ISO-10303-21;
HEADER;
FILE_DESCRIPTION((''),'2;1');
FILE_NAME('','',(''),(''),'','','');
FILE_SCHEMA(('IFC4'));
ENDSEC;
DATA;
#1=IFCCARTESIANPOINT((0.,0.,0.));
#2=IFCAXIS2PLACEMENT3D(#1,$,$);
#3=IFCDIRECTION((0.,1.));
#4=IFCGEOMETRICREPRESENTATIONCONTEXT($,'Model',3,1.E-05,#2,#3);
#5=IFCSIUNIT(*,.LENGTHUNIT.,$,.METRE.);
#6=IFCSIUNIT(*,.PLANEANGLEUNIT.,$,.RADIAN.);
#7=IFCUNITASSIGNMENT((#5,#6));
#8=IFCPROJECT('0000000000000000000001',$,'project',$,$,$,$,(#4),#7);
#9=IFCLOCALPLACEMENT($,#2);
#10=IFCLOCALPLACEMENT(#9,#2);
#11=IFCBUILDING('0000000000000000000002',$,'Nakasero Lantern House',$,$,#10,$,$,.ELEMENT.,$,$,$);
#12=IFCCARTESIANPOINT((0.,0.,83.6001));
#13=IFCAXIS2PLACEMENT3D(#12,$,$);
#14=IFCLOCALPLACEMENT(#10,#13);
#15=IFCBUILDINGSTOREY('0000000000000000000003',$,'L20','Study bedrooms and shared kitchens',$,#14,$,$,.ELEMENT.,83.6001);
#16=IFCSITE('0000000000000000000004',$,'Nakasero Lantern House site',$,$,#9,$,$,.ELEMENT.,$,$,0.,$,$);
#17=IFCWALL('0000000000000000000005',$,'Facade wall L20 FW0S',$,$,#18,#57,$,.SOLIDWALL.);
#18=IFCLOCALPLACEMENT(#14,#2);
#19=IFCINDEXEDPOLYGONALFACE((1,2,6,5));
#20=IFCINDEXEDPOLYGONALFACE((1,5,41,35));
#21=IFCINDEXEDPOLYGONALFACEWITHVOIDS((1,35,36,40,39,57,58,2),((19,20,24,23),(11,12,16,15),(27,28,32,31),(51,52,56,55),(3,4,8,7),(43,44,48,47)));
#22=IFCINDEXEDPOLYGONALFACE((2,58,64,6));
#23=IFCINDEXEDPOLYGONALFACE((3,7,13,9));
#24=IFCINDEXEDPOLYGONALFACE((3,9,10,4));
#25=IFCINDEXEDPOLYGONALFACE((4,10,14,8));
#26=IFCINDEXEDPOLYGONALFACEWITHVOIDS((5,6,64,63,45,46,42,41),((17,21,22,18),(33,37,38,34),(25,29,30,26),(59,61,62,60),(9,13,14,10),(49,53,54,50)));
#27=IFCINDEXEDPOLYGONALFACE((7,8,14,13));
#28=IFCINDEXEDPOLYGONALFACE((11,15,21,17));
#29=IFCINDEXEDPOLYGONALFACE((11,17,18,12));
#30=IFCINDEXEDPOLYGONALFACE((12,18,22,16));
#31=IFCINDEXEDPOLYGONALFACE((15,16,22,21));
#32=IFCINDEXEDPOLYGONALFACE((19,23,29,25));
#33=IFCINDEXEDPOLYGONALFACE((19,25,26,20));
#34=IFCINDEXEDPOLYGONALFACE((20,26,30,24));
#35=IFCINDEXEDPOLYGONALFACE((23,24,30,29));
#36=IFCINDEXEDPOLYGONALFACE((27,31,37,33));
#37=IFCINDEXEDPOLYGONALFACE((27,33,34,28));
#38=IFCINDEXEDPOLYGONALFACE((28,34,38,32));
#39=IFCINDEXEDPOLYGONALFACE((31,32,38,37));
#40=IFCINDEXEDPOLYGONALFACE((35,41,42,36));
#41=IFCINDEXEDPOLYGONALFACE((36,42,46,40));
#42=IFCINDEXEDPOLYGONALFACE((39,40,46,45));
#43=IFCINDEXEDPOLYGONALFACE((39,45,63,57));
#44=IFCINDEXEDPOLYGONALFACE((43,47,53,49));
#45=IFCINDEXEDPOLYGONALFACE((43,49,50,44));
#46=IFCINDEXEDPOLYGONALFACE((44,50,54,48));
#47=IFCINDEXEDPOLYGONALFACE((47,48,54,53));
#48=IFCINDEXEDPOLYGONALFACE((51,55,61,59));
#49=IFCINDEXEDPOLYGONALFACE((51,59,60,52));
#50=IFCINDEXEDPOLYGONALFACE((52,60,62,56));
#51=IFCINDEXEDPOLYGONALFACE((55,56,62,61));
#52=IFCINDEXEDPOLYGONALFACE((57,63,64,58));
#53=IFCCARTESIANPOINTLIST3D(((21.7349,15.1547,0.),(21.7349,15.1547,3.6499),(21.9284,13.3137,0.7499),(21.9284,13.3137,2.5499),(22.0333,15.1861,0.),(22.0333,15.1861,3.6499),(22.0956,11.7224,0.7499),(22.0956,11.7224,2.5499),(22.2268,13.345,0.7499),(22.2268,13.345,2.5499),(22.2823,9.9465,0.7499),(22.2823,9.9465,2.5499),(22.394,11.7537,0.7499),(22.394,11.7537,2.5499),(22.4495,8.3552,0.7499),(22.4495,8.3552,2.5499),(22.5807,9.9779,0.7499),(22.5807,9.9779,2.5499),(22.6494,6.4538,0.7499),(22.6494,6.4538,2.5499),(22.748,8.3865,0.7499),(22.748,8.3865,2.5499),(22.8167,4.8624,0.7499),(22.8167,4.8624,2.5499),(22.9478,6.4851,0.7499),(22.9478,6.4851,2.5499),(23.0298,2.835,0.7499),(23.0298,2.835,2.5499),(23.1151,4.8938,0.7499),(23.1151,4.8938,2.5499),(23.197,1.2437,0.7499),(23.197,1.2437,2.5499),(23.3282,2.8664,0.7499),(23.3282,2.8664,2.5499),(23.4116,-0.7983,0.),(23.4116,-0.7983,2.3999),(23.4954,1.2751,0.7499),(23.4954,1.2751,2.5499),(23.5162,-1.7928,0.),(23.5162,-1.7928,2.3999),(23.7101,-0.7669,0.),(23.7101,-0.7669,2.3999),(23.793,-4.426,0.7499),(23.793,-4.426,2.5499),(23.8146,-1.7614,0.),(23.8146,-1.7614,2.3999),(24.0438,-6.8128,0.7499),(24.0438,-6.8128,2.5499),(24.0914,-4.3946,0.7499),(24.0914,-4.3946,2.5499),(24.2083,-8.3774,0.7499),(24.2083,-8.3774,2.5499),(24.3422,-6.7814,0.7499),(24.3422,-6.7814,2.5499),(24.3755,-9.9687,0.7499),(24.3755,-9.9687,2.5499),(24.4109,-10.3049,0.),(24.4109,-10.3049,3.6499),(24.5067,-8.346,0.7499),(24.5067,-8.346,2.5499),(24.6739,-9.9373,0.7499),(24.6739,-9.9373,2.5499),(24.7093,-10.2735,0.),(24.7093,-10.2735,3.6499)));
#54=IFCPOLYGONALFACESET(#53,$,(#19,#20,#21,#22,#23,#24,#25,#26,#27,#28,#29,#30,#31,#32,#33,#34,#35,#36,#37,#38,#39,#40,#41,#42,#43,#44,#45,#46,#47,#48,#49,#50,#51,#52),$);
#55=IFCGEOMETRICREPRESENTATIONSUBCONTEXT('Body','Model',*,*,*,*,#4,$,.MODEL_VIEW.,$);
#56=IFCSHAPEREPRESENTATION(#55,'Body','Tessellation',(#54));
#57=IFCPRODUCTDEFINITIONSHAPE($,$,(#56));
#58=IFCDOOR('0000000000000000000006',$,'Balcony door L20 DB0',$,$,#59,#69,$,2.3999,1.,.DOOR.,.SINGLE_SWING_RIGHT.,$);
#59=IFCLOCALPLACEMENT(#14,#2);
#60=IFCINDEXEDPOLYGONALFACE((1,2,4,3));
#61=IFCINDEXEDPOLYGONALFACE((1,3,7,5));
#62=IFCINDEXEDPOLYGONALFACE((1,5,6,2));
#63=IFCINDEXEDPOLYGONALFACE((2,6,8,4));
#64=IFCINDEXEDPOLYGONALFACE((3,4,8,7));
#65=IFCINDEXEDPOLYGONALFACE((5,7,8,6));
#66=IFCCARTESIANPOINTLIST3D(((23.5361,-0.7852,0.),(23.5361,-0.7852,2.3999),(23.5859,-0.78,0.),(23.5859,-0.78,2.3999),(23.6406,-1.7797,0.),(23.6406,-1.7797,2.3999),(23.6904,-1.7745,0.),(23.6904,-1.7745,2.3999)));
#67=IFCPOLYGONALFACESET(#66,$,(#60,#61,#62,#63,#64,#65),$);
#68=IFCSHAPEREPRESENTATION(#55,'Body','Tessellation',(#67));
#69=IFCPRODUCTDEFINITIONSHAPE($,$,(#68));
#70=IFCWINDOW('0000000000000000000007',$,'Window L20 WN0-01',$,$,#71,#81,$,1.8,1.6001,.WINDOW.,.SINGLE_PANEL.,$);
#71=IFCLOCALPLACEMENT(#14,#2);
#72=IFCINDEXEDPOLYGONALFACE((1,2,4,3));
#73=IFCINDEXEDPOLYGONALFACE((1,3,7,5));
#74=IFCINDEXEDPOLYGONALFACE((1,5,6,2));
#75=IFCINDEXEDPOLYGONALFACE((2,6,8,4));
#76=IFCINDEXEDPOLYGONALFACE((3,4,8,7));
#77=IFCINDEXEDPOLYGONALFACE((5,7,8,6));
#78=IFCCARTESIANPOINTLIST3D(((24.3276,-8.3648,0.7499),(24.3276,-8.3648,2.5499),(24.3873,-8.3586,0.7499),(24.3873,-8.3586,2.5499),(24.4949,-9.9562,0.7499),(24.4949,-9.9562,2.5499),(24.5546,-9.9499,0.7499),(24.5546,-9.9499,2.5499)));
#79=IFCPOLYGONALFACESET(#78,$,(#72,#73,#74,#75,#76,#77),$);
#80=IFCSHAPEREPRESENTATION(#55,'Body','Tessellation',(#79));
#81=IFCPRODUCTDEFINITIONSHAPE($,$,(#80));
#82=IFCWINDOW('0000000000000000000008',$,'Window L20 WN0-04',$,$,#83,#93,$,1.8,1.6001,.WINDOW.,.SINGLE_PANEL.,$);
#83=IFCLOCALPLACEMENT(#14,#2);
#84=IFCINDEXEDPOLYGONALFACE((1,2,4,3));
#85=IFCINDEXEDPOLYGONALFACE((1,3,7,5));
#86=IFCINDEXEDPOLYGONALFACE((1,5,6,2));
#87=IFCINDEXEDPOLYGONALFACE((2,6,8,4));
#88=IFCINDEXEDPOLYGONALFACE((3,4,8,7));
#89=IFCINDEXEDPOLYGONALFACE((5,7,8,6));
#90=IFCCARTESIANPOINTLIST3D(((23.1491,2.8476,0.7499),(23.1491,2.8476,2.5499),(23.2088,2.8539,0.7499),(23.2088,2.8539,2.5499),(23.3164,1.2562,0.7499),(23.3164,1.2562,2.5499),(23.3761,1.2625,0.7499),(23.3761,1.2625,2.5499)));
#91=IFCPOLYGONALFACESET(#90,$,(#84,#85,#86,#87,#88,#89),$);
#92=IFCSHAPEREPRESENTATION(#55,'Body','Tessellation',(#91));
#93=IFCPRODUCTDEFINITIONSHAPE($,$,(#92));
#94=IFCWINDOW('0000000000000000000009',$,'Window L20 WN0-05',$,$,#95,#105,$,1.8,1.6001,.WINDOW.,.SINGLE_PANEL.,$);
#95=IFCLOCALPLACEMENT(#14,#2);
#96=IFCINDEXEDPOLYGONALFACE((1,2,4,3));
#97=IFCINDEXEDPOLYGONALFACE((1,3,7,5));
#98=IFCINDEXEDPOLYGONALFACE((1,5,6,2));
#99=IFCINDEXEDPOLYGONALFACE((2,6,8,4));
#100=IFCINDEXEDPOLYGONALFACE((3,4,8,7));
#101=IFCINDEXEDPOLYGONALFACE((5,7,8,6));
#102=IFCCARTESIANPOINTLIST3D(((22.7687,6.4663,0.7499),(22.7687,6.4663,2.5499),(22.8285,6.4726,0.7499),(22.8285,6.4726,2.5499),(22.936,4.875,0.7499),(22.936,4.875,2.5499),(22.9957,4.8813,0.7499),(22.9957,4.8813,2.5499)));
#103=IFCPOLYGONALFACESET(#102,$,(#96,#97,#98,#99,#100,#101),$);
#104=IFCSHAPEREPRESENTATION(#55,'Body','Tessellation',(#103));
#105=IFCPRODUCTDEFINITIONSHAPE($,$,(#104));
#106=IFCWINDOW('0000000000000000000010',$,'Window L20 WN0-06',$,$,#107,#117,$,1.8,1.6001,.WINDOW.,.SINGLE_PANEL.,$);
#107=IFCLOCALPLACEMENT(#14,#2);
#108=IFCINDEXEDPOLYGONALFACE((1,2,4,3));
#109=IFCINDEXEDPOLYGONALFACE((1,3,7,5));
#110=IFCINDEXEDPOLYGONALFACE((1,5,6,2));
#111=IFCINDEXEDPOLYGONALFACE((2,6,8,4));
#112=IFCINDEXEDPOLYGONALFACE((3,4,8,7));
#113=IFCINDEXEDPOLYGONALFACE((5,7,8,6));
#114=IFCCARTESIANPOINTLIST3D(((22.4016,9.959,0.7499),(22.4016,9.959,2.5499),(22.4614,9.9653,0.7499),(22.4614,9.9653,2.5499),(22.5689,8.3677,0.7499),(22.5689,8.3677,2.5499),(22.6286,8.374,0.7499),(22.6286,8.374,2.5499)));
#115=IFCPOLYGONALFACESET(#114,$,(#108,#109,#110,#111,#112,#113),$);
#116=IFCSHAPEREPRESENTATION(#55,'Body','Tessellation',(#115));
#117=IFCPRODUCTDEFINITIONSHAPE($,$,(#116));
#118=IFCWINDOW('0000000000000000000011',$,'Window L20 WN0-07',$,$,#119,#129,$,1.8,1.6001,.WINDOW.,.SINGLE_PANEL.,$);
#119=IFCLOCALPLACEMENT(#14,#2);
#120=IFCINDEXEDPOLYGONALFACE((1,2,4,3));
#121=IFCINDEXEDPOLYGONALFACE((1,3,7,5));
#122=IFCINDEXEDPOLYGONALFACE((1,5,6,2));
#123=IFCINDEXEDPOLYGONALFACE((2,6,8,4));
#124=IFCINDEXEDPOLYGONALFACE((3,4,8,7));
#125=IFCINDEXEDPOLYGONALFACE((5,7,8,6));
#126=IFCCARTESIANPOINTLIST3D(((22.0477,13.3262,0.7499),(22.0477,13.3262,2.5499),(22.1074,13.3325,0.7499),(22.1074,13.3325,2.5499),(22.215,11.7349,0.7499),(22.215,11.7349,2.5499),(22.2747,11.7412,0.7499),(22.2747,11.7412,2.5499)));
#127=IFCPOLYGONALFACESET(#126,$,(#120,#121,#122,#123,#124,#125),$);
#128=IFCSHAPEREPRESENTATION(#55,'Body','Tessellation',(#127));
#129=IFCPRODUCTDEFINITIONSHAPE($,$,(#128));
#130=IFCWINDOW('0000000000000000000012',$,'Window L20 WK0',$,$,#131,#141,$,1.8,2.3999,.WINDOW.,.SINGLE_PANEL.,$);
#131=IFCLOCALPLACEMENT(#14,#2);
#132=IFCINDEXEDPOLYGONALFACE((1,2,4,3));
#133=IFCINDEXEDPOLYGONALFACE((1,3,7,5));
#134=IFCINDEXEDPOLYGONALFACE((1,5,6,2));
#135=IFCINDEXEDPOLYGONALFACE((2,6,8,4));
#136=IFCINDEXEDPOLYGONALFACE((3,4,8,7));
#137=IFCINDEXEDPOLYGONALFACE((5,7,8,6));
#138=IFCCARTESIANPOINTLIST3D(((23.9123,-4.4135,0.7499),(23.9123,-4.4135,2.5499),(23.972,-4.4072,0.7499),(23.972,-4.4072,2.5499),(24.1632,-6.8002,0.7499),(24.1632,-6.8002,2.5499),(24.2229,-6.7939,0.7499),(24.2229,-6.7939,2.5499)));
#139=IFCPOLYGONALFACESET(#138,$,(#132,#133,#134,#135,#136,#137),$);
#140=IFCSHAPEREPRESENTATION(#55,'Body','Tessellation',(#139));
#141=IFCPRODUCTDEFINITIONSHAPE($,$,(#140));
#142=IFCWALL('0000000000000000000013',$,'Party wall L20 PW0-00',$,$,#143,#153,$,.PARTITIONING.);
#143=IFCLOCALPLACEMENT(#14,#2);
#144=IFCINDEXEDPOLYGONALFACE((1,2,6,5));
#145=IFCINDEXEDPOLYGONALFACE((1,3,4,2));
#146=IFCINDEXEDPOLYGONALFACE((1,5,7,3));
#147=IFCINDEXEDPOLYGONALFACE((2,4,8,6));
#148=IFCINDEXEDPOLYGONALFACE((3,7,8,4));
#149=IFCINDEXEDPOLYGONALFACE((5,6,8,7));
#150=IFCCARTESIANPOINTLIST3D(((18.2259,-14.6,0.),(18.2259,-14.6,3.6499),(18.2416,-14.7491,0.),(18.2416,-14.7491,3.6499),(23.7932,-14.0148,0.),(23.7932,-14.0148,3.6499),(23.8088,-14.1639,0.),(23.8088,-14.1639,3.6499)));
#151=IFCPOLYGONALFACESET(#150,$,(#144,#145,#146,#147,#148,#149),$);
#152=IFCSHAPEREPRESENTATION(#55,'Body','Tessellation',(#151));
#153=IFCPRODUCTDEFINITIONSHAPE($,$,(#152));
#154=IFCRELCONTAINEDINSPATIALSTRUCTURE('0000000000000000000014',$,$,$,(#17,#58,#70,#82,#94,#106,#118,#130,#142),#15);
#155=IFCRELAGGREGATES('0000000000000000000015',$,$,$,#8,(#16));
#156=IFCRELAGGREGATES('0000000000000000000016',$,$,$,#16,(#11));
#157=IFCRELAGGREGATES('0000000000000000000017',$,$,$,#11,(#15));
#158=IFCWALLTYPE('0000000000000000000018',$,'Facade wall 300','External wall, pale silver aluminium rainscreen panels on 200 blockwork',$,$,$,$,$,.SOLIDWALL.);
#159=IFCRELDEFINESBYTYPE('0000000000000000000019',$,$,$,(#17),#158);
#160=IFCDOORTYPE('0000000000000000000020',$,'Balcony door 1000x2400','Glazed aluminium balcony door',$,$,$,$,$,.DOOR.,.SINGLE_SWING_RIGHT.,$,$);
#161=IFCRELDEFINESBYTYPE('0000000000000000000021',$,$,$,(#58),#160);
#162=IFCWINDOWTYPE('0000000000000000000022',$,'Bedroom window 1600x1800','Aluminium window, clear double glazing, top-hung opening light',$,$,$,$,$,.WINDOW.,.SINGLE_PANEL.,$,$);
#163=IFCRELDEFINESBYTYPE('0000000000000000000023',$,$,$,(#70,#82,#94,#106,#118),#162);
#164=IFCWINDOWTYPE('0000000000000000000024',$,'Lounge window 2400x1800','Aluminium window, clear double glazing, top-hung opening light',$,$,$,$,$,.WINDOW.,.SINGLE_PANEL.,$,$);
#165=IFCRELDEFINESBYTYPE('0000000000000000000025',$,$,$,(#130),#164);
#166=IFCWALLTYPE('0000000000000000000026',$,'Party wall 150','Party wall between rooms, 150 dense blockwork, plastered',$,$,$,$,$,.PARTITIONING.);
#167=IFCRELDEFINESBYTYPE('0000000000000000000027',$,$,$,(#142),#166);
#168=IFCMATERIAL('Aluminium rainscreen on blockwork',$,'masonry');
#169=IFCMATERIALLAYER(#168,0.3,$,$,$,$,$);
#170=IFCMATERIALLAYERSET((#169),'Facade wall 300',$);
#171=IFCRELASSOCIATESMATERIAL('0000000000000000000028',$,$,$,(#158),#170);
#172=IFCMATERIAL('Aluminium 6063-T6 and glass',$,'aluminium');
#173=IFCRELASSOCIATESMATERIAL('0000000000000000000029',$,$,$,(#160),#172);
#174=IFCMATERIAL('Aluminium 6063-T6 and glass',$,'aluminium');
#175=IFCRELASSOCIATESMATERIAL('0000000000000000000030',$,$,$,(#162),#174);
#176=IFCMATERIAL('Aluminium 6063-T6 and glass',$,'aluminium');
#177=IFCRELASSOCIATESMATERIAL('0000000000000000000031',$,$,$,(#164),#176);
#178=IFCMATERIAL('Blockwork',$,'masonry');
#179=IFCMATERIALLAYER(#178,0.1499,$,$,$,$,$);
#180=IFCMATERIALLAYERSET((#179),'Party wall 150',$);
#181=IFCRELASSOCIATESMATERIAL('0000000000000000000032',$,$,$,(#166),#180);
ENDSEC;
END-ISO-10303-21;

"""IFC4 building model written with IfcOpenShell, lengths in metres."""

from ifc_helpers import new_model, si_unit, direction, frame, frame_2d, origin, place, context, subcontext, project, spatial, rectangle, extrude, material, layer, layer_set, type_object, element, fill, save


model = new_model("IFC4")

# Units and contexts
model_context = context("Model", 3, precision=1e-05, world=origin(), true_north=direction((0.0, 1.0)))
body_context = subcontext(model_context, "Body", "Model", "MODEL_VIEW")
ifc_project = project(units=[si_unit("LENGTHUNIT", "METRE"), si_unit("PLANEANGLEUNIT", "RADIAN")], contexts=[model_context])

# Site, building, storey
site_placement = place(None, origin())
site = spatial("IfcSite", under=ifc_project, at=site_placement, Name="Nakasero Lantern House site", CompositionType="ELEMENT", RefElevation=0.0)
building_placement = place(site_placement, origin())
building = spatial("IfcBuilding", under=site, at=building_placement, Name="Nakasero Lantern House", CompositionType="ELEMENT")
storey_placement = place(building_placement, frame((0.0, 0.0, 83.6001)))
storey = spatial("IfcBuildingStorey", under=building, at=storey_placement, Name="L20", Description="Study bedrooms and shared kitchens", CompositionType="ELEMENT", Elevation=83.6001)

# Wall, openings, door, windows
ifc_material_1 = material(Name="Aluminium rainscreen on blockwork", Category="masonry")
ifc_layer_1 = layer(ifc_material_1, 0.3)
ifc_layer_set_1 = layer_set([ifc_layer_1], Name="Facade wall 300")
wall_type_1 = type_object("IfcWallType", Name="Facade wall 300", Description="External wall, pale silver aluminium rainscreen panels on 200 blockwork", PredefinedType="SOLIDWALL", material=ifc_layer_set_1)
wall_1_placement = place(storey_placement, frame((24.5601, -10.2891, 0.0), z_axis=(0.0, 0.0, 1.0), x_axis=(-0.104532, 0.994521, 0.0)))
wall_1 = element("IfcWall", 1, at=wall_1_placement, inside=storey, type_object=wall_type_1, Name="Facade wall L20 FW0S", PredefinedType="SOLIDWALL", context=body_context, shape_type="SweptSolid", body=[
    extrude(rectangle(XDim=25.5999, YDim=0.3, at=frame_2d((12.7998, 0.0))), origin(), (0.0, 0.0, 1.0), 3.6499),
])
opening_1_placement = place(wall_1_placement, frame((0.3379, 0.0, 0.75)))
opening_1 = element("IfcOpeningElement", 2, at=opening_1_placement, cuts=wall_1, PredefinedType="OPENING", context=body_context, shape_type="SweptSolid", body=[
    extrude(rectangle(XDim=1.6001, YDim=1.8, at=frame_2d((0.8, 0.8999))), frame((0.0, 0.1699, 0.0), z_axis=(0.0, -1.0, 0.0), x_axis=(1.0, 0.0, 0.0)), (0.0, 0.0, 1.0), 0.3401),
])
opening_2_placement = place(wall_1_placement, frame((11.6121, 0.0, 0.75)))
opening_2 = element("IfcOpeningElement", 3, at=opening_2_placement, cuts=wall_1, PredefinedType="OPENING", context=body_context, shape_type="SweptSolid", body=[
    extrude(rectangle(XDim=1.6001, YDim=1.8, at=frame_2d((0.8, 0.8999))), frame((0.0, 0.1699, 0.0), z_axis=(0.0, -1.0, 0.0), x_axis=(1.0, 0.0, 0.0)), (0.0, 0.0, 1.0), 0.3401),
])
opening_3_placement = place(wall_1_placement, frame((15.2507, 0.0, 0.75)))
opening_3 = element("IfcOpeningElement", 4, at=opening_3_placement, cuts=wall_1, PredefinedType="OPENING", context=body_context, shape_type="SweptSolid", body=[
    extrude(rectangle(XDim=1.6001, YDim=1.8, at=frame_2d((0.8, 0.8999))), frame((0.0, 0.1699, 0.0), z_axis=(0.0, -1.0, 0.0), x_axis=(1.0, 0.0, 0.0)), (0.0, 0.0, 1.0), 0.3401),
])
opening_4_placement = place(wall_1_placement, frame((18.7627, 0.0, 0.75)))
opening_4 = element("IfcOpeningElement", 5, at=opening_4_placement, cuts=wall_1, PredefinedType="OPENING", context=body_context, shape_type="SweptSolid", body=[
    extrude(rectangle(XDim=1.6001, YDim=1.8, at=frame_2d((0.8, 0.8999))), frame((0.0, 0.1699, 0.0), z_axis=(0.0, -1.0, 0.0), x_axis=(1.0, 0.0, 0.0)), (0.0, 0.0, 1.0), 0.3401),
])
opening_5_placement = place(wall_1_placement, frame((22.1484, 0.0, 0.75)))
opening_5 = element("IfcOpeningElement", 6, at=opening_5_placement, cuts=wall_1, PredefinedType="OPENING", context=body_context, shape_type="SweptSolid", body=[
    extrude(rectangle(XDim=1.6001, YDim=1.8, at=frame_2d((0.8, 0.8999))), frame((0.0, 0.1699, 0.0), z_axis=(0.0, -1.0, 0.0), x_axis=(1.0, 0.0, 0.0)), (0.0, 0.0, 1.0), 0.3401),
])
opening_6_placement = place(wall_1_placement, frame((3.5112, 0.0, 0.75)))
opening_6 = element("IfcOpeningElement", 7, at=opening_6_placement, cuts=wall_1, PredefinedType="OPENING", context=body_context, shape_type="SweptSolid", body=[
    extrude(rectangle(XDim=2.3999, YDim=1.8, at=frame_2d((1.2, 0.8999))), frame((0.0, 0.1699, 0.0), z_axis=(0.0, -1.0, 0.0), x_axis=(1.0, 0.0, 0.0)), (0.0, 0.0, 1.0), 0.3401),
])
opening_7_placement = place(wall_1_placement, frame((8.5588, 0.0, 0.0)))
opening_7 = element("IfcOpeningElement", 8, at=opening_7_placement, cuts=wall_1, PredefinedType="OPENING", context=body_context, shape_type="SweptSolid", body=[
    extrude(rectangle(XDim=1.0, YDim=2.3999, at=frame_2d((0.5, 1.2))), frame((0.0, 0.1699, 0.0), z_axis=(0.0, -1.0, 0.0), x_axis=(1.0, 0.0, 0.0)), (0.0, 0.0, 1.0), 0.3401),
])
ifc_material_2 = material(Name="Aluminium 6063-T6 and glass", Category="aluminium")
door_type_1 = type_object("IfcDoorType", Name="Balcony door 1000x2400", Description="Glazed aluminium balcony door", OperationType="SINGLE_SWING_RIGHT", PredefinedType="DOOR", material=ifc_material_2)
door_1_placement = place(opening_7_placement, origin())
door_1 = element("IfcDoor", 9, at=door_1_placement, inside=storey, type_object=door_type_1, Name="Balcony door L20 DB0", OperationType="SINGLE_SWING_RIGHT", OverallHeight=2.3999, OverallWidth=1.0, PredefinedType="DOOR", context=body_context, shape_type="SweptSolid", body=[
    extrude(rectangle(XDim=1.0, YDim=2.3999, at=frame_2d((0.5, 1.2))), frame((0.0, 0.0249, 0.0), z_axis=(0.0, -1.0, 0.0), x_axis=(1.0, 0.0, 0.0)), (0.0, 0.0, 1.0), 0.05),
])
fill(opening_7, door_1)
ifc_material_3 = material(Name="Aluminium 6063-T6 and glass", Category="aluminium")
window_type_1 = type_object("IfcWindowType", Name="Bedroom window 1600x1800", Description="Aluminium window, clear double glazing, top-hung opening light", PartitioningType="SINGLE_PANEL", PredefinedType="WINDOW", material=ifc_material_3)
window_1_placement = place(opening_1_placement, origin())
window_1 = element("IfcWindow", 10, at=window_1_placement, inside=storey, type_object=window_type_1, Name="Window L20 WN0-01", OverallHeight=1.8, OverallWidth=1.6001, PartitioningType="SINGLE_PANEL", PredefinedType="WINDOW", context=body_context, shape_type="SweptSolid", body=[
    extrude(rectangle(XDim=1.6001, YDim=1.8, at=frame_2d((0.8, 0.8999))), frame((0.0, 0.03, 0.0), z_axis=(0.0, -1.0, 0.0), x_axis=(1.0, 0.0, 0.0)), (0.0, 0.0, 1.0), 0.0601),
])
fill(opening_1, window_1)
window_2_placement = place(opening_2_placement, origin())
window_2 = element("IfcWindow", 11, at=window_2_placement, inside=storey, type_object=window_type_1, Name="Window L20 WN0-04", OverallHeight=1.8, OverallWidth=1.6001, PartitioningType="SINGLE_PANEL", PredefinedType="WINDOW", context=body_context, shape_type="SweptSolid", body=[
    extrude(rectangle(XDim=1.6001, YDim=1.8, at=frame_2d((0.8, 0.8999))), frame((0.0, 0.03, 0.0), z_axis=(0.0, -1.0, 0.0), x_axis=(1.0, 0.0, 0.0)), (0.0, 0.0, 1.0), 0.0601),
])
fill(opening_2, window_2)
window_3_placement = place(opening_3_placement, origin())
window_3 = element("IfcWindow", 12, at=window_3_placement, inside=storey, type_object=window_type_1, Name="Window L20 WN0-05", OverallHeight=1.8, OverallWidth=1.6001, PartitioningType="SINGLE_PANEL", PredefinedType="WINDOW", context=body_context, shape_type="SweptSolid", body=[
    extrude(rectangle(XDim=1.6001, YDim=1.8, at=frame_2d((0.8, 0.8999))), frame((0.0, 0.03, 0.0), z_axis=(0.0, -1.0, 0.0), x_axis=(1.0, 0.0, 0.0)), (0.0, 0.0, 1.0), 0.0601),
])
fill(opening_3, window_3)
window_4_placement = place(opening_4_placement, origin())
window_4 = element("IfcWindow", 13, at=window_4_placement, inside=storey, type_object=window_type_1, Name="Window L20 WN0-06", OverallHeight=1.8, OverallWidth=1.6001, PartitioningType="SINGLE_PANEL", PredefinedType="WINDOW", context=body_context, shape_type="SweptSolid", body=[
    extrude(rectangle(XDim=1.6001, YDim=1.8, at=frame_2d((0.8, 0.8999))), frame((0.0, 0.03, 0.0), z_axis=(0.0, -1.0, 0.0), x_axis=(1.0, 0.0, 0.0)), (0.0, 0.0, 1.0), 0.0601),
])
fill(opening_4, window_4)
window_5_placement = place(opening_5_placement, origin())
window_5 = element("IfcWindow", 14, at=window_5_placement, inside=storey, type_object=window_type_1, Name="Window L20 WN0-07", OverallHeight=1.8, OverallWidth=1.6001, PartitioningType="SINGLE_PANEL", PredefinedType="WINDOW", context=body_context, shape_type="SweptSolid", body=[
    extrude(rectangle(XDim=1.6001, YDim=1.8, at=frame_2d((0.8, 0.8999))), frame((0.0, 0.03, 0.0), z_axis=(0.0, -1.0, 0.0), x_axis=(1.0, 0.0, 0.0)), (0.0, 0.0, 1.0), 0.0601),
])
fill(opening_5, window_5)
ifc_material_4 = material(Name="Aluminium 6063-T6 and glass", Category="aluminium")
window_type_2 = type_object("IfcWindowType", Name="Lounge window 2400x1800", Description="Aluminium window, clear double glazing, top-hung opening light", PartitioningType="SINGLE_PANEL", PredefinedType="WINDOW", material=ifc_material_4)
window_6_placement = place(opening_6_placement, origin())
window_6 = element("IfcWindow", 15, at=window_6_placement, inside=storey, type_object=window_type_2, Name="Window L20 WK0", OverallHeight=1.8, OverallWidth=2.3999, PartitioningType="SINGLE_PANEL", PredefinedType="WINDOW", context=body_context, shape_type="SweptSolid", body=[
    extrude(rectangle(XDim=2.3999, YDim=1.8, at=frame_2d((1.2, 0.8999))), frame((0.0, 0.03, 0.0), z_axis=(0.0, -1.0, 0.0), x_axis=(1.0, 0.0, 0.0)), (0.0, 0.0, 1.0), 0.0601),
])
fill(opening_6, window_6)

# Wall
ifc_material_5 = material(Name="Blockwork", Category="masonry")
ifc_layer_2 = layer(ifc_material_5, 0.1499)
ifc_layer_set_2 = layer_set([ifc_layer_2], Name="Party wall 150")
wall_type_2 = type_object("IfcWallType", Name="Party wall 150", Description="Party wall between rooms, 150 dense blockwork, plastered", PredefinedType="PARTITIONING", material=ifc_layer_set_2)
wall_2_placement = place(storey_placement, frame((18.2339, -14.6746, 0.0), z_axis=(0.0, 0.0, 1.0), x_axis=(0.99452, 0.104542, 0.0)))
element("IfcWall", 16, at=wall_2_placement, inside=storey, type_object=wall_type_2, Name="Party wall L20 PW0-00", PredefinedType="PARTITIONING", context=body_context, shape_type="SweptSolid", body=[
    extrude(rectangle(XDim=5.5979, YDim=0.1499, at=frame_2d((2.7988, 0.0))), origin(), (0.0, 0.0, 1.0), 3.6499),
])

save(model, "model.ifc")
